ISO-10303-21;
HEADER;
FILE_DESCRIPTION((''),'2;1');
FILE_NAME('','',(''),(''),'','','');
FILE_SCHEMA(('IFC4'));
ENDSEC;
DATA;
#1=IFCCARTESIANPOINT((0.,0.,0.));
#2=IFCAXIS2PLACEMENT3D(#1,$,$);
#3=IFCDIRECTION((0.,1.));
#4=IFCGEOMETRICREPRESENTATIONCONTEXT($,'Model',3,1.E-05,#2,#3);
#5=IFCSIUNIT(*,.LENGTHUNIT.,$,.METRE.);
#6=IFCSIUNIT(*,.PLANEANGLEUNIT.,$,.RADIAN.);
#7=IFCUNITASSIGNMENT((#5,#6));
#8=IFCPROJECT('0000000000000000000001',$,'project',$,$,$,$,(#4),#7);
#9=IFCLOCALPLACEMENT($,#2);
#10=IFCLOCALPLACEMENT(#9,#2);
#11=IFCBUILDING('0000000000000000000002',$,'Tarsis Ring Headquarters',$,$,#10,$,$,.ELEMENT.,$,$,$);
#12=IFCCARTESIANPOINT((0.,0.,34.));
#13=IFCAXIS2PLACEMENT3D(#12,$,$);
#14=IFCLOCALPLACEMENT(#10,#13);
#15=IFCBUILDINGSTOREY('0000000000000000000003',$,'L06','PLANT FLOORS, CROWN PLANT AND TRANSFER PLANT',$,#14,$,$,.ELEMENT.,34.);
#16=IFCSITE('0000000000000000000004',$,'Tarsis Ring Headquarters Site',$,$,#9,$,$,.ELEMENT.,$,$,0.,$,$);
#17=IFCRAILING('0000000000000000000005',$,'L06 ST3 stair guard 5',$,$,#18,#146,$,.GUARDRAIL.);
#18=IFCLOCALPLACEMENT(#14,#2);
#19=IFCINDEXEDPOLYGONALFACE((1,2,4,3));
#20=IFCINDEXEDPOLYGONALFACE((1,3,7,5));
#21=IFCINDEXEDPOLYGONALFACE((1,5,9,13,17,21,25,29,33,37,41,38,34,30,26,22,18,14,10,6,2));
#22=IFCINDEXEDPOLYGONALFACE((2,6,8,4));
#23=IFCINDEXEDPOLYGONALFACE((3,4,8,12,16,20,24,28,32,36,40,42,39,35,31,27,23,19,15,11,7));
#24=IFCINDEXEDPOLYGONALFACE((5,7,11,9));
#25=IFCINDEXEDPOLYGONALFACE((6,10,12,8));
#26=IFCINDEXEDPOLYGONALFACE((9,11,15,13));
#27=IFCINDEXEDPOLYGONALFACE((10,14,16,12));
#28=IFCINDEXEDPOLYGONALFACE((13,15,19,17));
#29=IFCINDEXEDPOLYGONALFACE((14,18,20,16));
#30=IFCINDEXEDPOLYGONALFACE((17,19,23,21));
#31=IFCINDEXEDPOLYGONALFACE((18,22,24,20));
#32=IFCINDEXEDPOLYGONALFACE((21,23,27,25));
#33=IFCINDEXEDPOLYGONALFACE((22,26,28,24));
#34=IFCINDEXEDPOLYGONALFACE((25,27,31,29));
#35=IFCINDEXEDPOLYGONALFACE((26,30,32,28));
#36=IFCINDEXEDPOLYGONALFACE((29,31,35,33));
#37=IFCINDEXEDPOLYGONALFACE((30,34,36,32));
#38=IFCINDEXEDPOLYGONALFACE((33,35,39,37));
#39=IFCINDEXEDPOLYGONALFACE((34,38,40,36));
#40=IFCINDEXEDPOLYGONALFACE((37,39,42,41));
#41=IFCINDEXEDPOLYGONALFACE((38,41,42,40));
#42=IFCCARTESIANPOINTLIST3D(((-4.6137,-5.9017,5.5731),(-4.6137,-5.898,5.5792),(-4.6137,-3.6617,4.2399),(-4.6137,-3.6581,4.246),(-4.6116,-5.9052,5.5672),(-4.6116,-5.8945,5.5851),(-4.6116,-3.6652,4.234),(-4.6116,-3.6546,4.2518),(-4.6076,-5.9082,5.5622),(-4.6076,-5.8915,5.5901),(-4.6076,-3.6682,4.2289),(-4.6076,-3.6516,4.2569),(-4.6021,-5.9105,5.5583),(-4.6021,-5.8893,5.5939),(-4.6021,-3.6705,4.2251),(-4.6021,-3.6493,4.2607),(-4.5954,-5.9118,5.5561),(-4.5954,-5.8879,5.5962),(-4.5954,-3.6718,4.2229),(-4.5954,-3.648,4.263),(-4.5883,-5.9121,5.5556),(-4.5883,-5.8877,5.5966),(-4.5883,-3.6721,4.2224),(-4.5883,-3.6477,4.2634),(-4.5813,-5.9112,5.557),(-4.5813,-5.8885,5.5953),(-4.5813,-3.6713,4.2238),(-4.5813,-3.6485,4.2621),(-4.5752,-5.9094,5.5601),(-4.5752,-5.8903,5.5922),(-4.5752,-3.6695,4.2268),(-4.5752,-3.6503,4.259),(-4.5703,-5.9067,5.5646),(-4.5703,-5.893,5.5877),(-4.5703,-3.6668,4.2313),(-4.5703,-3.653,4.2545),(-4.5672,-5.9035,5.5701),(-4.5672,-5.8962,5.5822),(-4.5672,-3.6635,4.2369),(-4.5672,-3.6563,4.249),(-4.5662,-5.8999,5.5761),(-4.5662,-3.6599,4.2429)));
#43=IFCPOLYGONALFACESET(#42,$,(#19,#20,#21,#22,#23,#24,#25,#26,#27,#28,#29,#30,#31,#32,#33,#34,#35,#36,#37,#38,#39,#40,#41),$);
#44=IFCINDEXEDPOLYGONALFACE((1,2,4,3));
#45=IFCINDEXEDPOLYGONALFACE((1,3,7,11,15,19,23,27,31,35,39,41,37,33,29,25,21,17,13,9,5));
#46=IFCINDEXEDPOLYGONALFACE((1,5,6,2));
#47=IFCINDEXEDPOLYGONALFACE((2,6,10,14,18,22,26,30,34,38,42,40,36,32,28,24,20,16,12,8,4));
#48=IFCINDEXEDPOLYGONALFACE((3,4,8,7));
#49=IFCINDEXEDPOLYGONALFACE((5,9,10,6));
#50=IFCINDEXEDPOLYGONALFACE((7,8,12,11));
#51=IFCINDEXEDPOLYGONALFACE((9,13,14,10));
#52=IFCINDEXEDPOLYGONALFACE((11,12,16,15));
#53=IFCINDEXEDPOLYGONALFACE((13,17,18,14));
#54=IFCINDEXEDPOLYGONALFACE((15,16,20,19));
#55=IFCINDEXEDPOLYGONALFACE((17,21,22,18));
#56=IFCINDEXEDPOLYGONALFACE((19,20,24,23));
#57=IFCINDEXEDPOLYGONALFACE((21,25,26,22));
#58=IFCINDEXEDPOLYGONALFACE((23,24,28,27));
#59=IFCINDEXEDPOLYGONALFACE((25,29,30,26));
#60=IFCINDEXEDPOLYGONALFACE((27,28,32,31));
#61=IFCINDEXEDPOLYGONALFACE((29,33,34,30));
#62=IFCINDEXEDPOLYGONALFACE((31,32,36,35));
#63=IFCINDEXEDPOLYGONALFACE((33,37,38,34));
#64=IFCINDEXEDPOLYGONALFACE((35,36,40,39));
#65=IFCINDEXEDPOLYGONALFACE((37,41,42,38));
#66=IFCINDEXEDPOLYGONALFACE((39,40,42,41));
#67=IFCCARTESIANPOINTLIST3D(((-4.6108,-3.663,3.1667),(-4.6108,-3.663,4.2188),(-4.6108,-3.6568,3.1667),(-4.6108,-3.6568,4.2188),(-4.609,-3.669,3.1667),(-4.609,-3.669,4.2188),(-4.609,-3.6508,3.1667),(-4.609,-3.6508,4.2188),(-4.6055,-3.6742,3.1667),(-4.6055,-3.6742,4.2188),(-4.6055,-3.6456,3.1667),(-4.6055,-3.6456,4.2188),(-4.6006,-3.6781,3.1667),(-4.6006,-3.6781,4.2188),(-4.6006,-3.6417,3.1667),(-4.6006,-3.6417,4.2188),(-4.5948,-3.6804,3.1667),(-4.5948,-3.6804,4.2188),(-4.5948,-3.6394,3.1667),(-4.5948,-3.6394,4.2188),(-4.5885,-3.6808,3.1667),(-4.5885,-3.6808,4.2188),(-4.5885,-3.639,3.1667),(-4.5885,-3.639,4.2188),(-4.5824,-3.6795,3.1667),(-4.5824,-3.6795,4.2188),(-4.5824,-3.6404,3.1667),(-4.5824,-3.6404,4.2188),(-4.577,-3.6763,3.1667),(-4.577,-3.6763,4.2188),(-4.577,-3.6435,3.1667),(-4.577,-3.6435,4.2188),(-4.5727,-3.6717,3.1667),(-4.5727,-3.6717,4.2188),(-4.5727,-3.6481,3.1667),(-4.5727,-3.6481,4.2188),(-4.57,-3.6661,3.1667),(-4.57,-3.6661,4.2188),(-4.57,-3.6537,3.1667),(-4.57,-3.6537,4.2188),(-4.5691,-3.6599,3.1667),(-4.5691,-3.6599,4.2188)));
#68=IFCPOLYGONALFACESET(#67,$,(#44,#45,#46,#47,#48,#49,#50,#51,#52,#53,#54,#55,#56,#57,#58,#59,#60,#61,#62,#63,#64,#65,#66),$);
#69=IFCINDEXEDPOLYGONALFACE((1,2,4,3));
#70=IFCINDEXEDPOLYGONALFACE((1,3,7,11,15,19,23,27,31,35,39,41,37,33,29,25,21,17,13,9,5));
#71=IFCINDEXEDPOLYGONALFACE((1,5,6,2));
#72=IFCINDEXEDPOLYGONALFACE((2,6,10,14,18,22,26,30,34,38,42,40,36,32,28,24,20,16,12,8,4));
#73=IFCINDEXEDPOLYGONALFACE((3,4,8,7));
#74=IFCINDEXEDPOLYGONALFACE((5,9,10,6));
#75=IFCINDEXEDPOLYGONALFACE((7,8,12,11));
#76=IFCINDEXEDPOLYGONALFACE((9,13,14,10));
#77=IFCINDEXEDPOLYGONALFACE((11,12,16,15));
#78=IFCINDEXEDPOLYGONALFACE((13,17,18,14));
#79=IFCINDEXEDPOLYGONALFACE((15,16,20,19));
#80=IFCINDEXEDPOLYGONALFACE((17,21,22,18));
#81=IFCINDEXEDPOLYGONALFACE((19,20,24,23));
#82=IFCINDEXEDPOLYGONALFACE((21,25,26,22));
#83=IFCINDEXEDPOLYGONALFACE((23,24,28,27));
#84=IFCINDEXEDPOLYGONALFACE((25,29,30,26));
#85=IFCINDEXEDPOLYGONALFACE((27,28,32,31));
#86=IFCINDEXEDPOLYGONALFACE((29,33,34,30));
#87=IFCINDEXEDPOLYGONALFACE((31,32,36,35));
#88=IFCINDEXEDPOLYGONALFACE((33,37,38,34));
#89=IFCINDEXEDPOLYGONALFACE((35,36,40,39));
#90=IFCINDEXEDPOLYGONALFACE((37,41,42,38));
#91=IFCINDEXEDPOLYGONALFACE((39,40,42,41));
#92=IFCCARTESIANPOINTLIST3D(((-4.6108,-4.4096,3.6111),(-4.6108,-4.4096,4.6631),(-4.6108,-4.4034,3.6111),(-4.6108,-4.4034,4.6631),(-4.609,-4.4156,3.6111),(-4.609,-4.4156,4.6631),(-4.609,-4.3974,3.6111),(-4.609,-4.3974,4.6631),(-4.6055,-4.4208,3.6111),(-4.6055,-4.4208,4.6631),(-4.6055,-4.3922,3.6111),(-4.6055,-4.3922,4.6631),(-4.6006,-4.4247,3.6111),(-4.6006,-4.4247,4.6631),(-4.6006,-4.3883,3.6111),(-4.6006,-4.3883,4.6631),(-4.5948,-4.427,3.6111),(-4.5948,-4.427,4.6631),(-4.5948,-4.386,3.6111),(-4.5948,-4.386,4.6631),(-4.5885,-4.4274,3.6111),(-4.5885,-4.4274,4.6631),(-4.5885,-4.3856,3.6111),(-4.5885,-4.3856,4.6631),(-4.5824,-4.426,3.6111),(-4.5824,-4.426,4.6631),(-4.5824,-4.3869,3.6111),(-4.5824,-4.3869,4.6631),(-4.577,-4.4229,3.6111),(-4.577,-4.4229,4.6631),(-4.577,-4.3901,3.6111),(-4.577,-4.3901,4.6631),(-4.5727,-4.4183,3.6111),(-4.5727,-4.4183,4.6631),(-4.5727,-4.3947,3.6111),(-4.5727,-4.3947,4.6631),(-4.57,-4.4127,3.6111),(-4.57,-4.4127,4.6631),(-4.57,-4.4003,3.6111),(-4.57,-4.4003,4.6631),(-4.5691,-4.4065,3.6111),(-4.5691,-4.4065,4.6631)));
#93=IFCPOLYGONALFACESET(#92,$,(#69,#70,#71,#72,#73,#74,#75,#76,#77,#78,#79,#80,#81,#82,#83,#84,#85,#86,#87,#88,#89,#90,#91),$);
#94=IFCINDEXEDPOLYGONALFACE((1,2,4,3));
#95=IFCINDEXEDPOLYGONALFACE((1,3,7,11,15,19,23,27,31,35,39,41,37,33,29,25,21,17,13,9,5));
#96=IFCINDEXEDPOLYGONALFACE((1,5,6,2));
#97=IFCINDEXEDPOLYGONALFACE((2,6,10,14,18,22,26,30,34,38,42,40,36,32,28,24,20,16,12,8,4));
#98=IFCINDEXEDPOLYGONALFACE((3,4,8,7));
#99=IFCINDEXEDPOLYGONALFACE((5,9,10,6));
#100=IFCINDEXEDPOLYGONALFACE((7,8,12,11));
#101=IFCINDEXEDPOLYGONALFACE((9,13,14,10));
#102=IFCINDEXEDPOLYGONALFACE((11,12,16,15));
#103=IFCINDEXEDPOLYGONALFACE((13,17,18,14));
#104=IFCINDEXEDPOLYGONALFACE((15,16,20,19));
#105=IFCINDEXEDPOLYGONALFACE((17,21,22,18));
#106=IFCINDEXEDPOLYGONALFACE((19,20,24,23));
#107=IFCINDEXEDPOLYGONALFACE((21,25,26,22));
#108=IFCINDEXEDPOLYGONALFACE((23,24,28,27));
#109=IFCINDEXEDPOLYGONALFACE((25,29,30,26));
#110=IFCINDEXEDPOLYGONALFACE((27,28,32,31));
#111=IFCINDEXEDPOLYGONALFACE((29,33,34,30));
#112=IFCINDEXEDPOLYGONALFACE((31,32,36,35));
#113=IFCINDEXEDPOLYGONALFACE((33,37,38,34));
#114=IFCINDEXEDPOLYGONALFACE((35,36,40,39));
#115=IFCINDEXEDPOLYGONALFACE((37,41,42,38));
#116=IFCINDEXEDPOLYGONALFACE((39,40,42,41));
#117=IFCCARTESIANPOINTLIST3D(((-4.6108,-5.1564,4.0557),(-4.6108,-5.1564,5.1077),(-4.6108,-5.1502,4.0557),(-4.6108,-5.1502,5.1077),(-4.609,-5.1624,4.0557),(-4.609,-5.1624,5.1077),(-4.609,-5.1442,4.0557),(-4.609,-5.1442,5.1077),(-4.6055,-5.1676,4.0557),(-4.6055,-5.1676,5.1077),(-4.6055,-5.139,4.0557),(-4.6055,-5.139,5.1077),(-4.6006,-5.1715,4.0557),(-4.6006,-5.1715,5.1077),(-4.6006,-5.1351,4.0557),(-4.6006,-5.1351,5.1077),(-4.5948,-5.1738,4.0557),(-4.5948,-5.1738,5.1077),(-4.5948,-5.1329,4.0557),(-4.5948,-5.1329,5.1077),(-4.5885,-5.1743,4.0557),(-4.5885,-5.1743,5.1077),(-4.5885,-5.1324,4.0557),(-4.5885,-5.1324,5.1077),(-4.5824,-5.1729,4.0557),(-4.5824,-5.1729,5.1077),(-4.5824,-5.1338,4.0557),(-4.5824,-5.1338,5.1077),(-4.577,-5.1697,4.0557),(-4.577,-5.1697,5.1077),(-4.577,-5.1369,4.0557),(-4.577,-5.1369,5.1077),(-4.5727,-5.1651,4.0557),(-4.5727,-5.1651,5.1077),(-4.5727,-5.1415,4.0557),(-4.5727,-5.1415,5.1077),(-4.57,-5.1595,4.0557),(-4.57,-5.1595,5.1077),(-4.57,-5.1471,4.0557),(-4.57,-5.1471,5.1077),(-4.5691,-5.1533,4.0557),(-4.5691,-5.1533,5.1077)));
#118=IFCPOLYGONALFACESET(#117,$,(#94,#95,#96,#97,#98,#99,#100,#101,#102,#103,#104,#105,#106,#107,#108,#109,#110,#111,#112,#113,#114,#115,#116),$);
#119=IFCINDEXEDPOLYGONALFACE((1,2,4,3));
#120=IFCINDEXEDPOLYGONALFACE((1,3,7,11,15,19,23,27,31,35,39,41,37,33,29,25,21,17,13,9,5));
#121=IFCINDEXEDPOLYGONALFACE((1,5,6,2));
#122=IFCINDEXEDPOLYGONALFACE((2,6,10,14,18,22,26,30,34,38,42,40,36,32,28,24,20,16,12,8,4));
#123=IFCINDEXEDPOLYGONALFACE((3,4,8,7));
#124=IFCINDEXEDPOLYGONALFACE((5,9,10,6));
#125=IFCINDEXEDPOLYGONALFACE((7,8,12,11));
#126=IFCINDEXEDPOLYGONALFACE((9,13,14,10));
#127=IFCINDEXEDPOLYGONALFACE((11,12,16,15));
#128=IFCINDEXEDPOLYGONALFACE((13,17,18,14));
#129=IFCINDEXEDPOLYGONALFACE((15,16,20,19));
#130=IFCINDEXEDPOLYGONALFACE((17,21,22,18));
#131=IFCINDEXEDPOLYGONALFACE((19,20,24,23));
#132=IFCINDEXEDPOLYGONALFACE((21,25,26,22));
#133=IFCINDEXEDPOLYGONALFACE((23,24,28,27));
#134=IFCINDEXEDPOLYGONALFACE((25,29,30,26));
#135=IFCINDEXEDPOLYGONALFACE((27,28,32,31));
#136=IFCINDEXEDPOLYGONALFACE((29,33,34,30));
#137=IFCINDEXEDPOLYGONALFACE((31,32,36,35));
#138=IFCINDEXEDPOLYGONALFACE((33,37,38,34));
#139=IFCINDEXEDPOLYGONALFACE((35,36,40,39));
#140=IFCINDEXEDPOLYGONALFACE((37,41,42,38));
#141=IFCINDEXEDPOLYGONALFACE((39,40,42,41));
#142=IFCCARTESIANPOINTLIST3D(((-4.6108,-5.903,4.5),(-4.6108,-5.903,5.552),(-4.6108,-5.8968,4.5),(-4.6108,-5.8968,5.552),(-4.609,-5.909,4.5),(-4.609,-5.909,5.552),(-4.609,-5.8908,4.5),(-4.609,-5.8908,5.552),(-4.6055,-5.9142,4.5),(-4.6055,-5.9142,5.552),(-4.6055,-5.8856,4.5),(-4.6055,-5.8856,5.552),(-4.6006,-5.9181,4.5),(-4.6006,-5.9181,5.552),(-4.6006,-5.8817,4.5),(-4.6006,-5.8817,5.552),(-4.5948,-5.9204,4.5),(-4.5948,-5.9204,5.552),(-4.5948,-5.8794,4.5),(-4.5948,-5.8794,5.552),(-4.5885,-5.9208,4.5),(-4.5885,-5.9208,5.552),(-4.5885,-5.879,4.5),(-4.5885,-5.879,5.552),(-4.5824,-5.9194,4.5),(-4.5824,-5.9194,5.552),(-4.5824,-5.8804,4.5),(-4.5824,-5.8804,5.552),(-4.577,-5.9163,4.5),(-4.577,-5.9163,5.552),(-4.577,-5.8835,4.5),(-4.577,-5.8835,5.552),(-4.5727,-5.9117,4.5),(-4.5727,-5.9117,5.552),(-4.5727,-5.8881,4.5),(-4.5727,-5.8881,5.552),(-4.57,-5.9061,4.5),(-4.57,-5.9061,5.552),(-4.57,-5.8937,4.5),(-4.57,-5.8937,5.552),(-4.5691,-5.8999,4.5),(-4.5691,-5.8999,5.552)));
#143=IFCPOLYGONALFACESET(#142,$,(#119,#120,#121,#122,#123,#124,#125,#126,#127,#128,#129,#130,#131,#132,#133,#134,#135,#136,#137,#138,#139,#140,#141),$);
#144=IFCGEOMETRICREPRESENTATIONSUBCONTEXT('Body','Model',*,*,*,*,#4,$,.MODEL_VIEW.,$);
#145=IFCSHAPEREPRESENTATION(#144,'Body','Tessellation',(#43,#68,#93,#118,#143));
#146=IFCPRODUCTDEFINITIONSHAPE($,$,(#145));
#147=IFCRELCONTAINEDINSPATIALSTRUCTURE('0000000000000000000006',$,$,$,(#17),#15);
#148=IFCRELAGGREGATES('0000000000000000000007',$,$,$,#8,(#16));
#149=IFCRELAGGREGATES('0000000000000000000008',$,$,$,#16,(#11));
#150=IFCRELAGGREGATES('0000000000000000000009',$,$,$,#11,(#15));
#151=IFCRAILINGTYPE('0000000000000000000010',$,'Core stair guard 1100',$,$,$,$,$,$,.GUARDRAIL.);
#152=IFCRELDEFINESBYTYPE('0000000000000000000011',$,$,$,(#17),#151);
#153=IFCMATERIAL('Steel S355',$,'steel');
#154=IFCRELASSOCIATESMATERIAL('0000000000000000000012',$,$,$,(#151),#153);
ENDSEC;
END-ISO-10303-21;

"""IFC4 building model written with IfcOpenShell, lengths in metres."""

from ifc_helpers import new_model, si_unit, direction, frame, origin, origin_2d, place, context, subcontext, project, spatial, circle, extrude, material, type_object, element, save


model = new_model("IFC4")

# Units and contexts
model_context = context("Model", 3, precision=1e-05, world=origin(), true_north=direction((0.0, 1.0)))
body_context = subcontext(model_context, "Body", "Model", "MODEL_VIEW")
ifc_project = project(units=[si_unit("LENGTHUNIT", "METRE"), si_unit("PLANEANGLEUNIT", "RADIAN")], contexts=[model_context])

# Site, building, storey
site_placement = place(None, origin())
site = spatial("IfcSite", under=ifc_project, at=site_placement, Name="Tarsis Ring Headquarters Site", CompositionType="ELEMENT", RefElevation=0.0)
building_placement = place(site_placement, origin())
building = spatial("IfcBuilding", under=site, at=building_placement, Name="Tarsis Ring Headquarters", CompositionType="ELEMENT")
storey_placement = place(building_placement, frame((0.0, 0.0, 34.0)))
storey = spatial("IfcBuildingStorey", under=building, at=storey_placement, Name="L06", Description="PLANT FLOORS, CROWN PLANT AND TRANSFER PLANT", CompositionType="ELEMENT", Elevation=34.0)

# Shared definitions
ifc_material_1 = material(Name="Steel S355", Category="steel")

# Railing
railing_type_1 = type_object("IfcRailingType", Name="Core stair guard 1100", PredefinedType="GUARDRAIL", material=ifc_material_1)
railing_1_placement = place(storey_placement, frame((-4.5901, -3.6599, 3.1667)))
element("IfcRailing", 1, at=railing_1_placement, inside=storey, type_object=railing_type_1, Name="L06 ST3 stair guard 5", PredefinedType="GUARDRAIL", context=body_context, shape_type="SweptSolid", body=[
    extrude(circle(Radius=0.0239, at=origin_2d()), frame((0.0, 0.0, 1.0762), z_axis=(0.0, -0.859306, 0.511462), x_axis=(1.0, 0.0, 0.0)), (0.0, 0.0, 1.0), 2.6067),
    extrude(circle(Radius=0.021, at=origin_2d()), origin(), (0.0, 0.0, 1.0), 1.052),
    extrude(circle(Radius=0.021, at=origin_2d()), frame((0.0, -0.7466, 0.4443)), (0.0, 0.0, 1.0), 1.052),
    extrude(circle(Radius=0.021, at=origin_2d()), frame((0.0, -1.4934, 0.8889)), (0.0, 0.0, 1.0), 1.052),
    extrude(circle(Radius=0.021, at=origin_2d()), frame((0.0, -2.24, 1.3333)), (0.0, 0.0, 1.0), 1.052),
])

save(model, "model.ifc")
